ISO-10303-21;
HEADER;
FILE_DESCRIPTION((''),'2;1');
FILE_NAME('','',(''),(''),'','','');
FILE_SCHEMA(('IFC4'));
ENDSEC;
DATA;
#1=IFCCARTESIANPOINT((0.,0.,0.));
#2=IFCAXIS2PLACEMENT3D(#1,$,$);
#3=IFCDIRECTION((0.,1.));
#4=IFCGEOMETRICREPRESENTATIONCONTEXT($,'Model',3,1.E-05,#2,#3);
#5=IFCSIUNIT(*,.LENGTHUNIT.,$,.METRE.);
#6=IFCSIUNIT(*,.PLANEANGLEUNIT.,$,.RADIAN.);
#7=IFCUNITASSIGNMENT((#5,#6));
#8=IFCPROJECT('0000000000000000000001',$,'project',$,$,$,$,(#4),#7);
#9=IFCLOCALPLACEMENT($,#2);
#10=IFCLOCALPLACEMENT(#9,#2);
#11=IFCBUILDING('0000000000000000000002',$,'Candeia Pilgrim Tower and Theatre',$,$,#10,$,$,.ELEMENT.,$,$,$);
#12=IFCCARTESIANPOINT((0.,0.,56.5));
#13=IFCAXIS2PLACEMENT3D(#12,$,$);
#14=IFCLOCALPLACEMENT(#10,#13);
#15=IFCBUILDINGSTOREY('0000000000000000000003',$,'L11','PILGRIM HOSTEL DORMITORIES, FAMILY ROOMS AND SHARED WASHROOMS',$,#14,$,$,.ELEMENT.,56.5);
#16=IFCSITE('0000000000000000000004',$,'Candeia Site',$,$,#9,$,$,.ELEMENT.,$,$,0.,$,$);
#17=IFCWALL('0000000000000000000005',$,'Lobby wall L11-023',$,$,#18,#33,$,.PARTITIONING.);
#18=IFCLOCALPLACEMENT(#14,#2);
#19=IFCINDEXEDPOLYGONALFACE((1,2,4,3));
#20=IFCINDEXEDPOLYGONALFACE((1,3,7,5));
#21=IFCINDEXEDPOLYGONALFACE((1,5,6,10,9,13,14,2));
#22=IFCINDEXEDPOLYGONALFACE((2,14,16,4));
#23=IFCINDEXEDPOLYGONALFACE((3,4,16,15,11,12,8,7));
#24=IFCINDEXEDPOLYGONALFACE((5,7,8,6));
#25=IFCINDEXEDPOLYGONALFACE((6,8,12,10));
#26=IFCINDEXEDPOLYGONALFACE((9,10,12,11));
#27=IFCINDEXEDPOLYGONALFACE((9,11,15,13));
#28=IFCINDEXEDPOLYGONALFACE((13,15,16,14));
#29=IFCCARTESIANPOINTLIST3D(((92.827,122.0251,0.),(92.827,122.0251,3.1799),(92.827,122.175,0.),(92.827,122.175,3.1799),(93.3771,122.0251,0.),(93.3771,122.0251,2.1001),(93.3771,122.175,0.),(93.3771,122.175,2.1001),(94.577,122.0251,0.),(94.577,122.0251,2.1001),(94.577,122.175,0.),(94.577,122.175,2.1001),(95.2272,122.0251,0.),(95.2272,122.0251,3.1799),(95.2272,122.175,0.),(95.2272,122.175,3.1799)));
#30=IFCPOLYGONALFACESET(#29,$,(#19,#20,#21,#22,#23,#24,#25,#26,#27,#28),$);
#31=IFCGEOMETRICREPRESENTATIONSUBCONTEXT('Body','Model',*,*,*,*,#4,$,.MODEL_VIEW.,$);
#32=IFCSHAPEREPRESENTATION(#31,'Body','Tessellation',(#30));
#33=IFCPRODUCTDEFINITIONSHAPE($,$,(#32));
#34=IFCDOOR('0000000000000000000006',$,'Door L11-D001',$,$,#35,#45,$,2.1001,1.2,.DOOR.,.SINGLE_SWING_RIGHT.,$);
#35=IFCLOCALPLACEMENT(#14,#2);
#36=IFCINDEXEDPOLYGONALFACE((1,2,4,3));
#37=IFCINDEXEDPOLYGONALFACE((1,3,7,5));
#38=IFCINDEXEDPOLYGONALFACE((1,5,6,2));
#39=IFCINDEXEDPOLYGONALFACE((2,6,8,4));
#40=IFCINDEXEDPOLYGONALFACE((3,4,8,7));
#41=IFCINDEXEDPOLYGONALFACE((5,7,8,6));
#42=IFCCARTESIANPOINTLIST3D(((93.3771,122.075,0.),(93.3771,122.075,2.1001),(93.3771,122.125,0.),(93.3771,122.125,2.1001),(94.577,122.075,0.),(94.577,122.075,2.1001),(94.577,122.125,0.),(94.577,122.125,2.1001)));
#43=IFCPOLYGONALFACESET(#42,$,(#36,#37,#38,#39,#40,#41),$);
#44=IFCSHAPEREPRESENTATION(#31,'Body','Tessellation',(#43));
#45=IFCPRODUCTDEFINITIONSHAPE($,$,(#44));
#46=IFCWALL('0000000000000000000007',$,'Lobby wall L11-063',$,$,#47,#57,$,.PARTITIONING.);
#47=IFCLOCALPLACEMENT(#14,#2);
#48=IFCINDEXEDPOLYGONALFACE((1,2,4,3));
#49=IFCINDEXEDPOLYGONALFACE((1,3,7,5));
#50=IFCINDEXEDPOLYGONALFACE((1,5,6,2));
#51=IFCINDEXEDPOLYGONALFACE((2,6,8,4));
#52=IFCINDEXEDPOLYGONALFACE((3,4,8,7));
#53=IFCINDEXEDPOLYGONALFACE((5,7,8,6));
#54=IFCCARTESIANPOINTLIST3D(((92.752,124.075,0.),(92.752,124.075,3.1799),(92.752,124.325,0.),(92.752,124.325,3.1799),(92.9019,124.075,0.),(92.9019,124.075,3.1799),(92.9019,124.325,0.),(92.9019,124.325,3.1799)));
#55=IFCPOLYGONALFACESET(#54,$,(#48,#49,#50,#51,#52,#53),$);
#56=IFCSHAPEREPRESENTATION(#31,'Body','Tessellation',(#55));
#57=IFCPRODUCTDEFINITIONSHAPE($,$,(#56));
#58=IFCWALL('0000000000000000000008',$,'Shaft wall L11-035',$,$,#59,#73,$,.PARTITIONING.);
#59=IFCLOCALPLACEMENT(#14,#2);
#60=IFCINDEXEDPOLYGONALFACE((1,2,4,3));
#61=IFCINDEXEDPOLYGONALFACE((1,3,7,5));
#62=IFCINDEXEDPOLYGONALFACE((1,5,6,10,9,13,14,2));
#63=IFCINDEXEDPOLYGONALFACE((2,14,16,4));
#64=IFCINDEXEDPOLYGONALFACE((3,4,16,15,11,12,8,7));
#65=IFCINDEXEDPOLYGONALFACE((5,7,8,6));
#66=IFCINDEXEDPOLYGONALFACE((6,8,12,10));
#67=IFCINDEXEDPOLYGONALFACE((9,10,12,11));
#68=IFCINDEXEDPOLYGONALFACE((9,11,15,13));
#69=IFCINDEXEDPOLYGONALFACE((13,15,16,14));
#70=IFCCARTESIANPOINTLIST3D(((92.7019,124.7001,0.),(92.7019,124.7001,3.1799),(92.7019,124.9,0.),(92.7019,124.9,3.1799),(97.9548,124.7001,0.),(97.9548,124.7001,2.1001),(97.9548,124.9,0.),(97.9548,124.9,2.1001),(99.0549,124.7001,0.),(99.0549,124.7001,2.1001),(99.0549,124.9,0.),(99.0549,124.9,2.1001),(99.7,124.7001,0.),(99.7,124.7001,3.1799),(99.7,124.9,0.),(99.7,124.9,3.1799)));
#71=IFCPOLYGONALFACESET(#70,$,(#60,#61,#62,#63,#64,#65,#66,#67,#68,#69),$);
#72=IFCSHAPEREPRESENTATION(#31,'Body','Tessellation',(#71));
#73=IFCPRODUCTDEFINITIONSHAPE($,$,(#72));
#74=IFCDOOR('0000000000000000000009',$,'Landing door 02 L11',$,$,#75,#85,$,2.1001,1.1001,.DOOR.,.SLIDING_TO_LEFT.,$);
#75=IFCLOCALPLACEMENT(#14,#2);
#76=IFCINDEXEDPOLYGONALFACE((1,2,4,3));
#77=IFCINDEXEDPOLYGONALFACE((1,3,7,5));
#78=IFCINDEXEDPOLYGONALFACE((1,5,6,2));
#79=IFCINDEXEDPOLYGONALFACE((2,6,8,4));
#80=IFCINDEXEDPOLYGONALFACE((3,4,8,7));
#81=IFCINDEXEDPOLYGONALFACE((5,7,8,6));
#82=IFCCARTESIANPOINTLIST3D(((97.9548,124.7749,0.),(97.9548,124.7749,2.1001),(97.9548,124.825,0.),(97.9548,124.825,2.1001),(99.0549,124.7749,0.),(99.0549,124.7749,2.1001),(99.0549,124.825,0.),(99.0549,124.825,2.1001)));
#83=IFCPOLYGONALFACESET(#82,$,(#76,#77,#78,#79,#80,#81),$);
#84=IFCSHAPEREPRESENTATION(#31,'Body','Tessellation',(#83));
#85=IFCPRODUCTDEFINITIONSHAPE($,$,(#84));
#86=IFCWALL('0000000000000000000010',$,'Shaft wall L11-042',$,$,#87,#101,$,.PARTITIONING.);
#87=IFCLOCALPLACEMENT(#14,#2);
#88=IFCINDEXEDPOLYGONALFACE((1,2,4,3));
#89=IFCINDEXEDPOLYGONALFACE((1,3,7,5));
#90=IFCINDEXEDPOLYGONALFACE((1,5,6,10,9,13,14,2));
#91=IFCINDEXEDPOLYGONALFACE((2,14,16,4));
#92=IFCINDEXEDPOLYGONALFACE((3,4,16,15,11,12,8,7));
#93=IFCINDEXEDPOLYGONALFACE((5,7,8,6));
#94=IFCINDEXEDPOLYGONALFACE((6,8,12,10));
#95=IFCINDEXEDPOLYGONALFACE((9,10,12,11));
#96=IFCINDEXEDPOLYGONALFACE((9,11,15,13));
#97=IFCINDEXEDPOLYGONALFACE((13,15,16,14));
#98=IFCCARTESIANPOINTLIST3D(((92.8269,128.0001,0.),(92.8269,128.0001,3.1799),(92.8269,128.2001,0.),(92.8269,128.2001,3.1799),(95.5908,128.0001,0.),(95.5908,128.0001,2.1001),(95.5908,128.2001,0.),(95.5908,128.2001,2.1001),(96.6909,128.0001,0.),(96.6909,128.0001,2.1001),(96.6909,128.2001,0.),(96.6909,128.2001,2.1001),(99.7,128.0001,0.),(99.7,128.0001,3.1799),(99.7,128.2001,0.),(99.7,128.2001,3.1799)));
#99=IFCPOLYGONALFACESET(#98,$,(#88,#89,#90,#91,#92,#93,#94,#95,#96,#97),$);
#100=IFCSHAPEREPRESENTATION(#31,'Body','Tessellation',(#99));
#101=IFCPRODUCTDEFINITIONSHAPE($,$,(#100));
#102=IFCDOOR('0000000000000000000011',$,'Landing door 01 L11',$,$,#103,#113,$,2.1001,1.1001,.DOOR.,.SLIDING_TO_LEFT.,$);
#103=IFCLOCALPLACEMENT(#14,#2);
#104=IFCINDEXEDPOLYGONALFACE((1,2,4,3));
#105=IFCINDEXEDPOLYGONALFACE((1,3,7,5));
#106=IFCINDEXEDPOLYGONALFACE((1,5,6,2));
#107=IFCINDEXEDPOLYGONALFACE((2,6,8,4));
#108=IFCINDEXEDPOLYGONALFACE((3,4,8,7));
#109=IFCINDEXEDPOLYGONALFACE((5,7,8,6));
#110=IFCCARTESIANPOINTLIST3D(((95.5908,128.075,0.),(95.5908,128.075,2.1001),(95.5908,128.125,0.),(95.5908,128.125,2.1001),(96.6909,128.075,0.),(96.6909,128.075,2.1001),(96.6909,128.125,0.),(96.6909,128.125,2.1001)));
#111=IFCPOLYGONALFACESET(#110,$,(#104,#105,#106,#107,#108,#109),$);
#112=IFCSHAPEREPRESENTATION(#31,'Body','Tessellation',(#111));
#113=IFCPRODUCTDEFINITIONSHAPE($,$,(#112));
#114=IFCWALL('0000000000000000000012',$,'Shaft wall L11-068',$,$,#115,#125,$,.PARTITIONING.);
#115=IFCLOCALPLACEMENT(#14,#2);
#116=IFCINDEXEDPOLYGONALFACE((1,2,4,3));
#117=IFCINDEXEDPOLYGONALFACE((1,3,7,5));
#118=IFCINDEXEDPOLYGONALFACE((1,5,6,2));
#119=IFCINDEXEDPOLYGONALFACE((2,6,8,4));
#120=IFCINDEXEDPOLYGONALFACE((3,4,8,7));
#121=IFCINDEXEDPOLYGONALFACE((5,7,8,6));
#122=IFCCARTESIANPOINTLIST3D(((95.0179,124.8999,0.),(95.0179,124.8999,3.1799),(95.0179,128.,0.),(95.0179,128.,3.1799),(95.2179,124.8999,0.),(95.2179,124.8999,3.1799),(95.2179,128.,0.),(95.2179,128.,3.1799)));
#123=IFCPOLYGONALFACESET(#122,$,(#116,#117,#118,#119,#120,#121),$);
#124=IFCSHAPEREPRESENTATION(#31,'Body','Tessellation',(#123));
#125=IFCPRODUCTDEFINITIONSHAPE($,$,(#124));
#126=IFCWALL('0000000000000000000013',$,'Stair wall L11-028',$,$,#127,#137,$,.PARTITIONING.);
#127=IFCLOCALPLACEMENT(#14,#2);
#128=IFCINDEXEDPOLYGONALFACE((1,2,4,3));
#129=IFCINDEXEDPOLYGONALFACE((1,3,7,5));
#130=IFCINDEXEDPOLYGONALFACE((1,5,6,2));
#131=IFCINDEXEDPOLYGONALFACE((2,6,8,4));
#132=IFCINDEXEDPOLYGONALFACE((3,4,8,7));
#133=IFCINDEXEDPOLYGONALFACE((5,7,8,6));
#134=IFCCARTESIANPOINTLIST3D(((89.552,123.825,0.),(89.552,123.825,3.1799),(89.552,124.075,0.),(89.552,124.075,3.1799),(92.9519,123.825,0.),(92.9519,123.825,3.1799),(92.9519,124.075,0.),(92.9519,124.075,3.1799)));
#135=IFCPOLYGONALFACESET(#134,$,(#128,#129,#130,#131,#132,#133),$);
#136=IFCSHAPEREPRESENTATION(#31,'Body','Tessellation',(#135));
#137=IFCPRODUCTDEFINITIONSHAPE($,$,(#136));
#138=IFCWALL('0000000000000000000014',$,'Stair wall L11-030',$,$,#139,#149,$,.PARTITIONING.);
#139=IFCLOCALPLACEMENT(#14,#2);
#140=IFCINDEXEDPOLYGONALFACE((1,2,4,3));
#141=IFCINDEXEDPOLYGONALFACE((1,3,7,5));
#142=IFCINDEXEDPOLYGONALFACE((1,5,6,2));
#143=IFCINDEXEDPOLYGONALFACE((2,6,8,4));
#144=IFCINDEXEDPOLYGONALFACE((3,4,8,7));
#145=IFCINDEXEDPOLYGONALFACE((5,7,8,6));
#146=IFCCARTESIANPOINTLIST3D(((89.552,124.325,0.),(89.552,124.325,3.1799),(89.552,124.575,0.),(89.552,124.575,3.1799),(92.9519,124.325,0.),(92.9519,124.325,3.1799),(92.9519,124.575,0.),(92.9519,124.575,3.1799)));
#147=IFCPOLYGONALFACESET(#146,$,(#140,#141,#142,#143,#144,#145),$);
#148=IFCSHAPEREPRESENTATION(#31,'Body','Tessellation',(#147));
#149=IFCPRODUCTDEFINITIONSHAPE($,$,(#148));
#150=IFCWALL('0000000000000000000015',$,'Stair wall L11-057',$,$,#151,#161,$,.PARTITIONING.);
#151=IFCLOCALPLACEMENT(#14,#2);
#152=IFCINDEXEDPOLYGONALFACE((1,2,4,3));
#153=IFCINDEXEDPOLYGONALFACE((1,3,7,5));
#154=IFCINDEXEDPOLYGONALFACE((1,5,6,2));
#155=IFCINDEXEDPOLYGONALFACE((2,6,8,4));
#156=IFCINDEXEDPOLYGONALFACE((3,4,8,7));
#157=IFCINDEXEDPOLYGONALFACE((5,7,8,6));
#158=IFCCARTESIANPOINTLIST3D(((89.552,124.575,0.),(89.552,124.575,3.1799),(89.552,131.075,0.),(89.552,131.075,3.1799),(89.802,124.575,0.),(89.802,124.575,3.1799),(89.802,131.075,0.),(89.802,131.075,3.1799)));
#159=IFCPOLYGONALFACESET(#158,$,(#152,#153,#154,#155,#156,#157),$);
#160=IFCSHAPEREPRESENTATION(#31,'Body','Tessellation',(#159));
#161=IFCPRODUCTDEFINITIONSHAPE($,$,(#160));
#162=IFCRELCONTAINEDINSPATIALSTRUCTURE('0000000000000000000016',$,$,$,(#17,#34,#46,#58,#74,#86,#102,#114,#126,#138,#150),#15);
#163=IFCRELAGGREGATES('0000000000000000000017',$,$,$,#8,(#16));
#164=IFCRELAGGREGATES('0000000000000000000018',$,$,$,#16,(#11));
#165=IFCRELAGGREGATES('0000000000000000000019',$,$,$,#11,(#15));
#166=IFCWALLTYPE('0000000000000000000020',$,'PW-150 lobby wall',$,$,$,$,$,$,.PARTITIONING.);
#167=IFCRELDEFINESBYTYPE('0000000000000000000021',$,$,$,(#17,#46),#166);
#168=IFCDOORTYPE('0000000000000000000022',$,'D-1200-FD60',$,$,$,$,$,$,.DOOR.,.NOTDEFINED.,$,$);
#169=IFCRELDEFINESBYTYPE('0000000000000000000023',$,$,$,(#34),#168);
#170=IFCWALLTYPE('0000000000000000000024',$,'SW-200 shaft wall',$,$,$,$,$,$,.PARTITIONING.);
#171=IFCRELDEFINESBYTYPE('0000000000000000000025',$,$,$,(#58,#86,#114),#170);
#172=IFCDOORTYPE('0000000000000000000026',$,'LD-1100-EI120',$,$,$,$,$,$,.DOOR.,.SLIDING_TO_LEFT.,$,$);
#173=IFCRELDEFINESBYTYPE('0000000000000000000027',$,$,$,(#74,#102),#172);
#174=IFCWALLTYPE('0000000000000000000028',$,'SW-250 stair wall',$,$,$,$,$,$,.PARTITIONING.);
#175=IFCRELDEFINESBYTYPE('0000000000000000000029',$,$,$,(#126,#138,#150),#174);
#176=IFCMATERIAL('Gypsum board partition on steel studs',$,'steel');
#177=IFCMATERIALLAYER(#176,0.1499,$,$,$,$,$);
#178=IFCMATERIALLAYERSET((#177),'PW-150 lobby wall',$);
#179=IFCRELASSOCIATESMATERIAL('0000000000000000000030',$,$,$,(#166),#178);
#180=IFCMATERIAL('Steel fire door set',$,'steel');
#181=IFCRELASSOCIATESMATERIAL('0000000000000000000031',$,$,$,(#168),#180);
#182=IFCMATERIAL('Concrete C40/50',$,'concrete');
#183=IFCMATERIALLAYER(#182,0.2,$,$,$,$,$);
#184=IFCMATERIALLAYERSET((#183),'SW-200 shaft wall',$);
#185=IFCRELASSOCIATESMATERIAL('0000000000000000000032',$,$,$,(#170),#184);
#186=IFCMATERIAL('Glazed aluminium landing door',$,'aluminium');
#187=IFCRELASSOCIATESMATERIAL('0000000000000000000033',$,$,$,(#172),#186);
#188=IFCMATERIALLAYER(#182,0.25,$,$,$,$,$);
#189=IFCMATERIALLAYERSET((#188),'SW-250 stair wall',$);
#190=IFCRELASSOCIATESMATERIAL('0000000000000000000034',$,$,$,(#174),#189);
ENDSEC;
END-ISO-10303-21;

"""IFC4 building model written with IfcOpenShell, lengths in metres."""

from ifc_helpers import new_model, si_unit, direction, frame, frame_2d, origin, place, context, subcontext, project, spatial, rectangle, extrude, material, layer, layer_set, type_object, element, fill, save


model = new_model("IFC4")

# Units and contexts
model_context = context("Model", 3, precision=1e-05, world=origin(), true_north=direction((0.0, 1.0)))
body_context = subcontext(model_context, "Body", "Model", "MODEL_VIEW")
ifc_project = project(units=[si_unit("LENGTHUNIT", "METRE"), si_unit("PLANEANGLEUNIT", "RADIAN")], contexts=[model_context])

# Site, building, storey
site_placement = place(None, origin())
site = spatial("IfcSite", under=ifc_project, at=site_placement, Name="Candeia Site", CompositionType="ELEMENT", RefElevation=0.0)
building_placement = place(site_placement, origin())
building = spatial("IfcBuilding", under=site, at=building_placement, Name="Candeia Pilgrim Tower and Theatre", CompositionType="ELEMENT")
storey_placement = place(building_placement, frame((0.0, 0.0, 56.5)))
storey = spatial("IfcBuildingStorey", under=building, at=storey_placement, Name="L11", Description="PILGRIM HOSTEL DORMITORIES, FAMILY ROOMS AND SHARED WASHROOMS", CompositionType="ELEMENT", Elevation=56.5)

# Wall, opening, door
ifc_material_1 = material(Name="Gypsum board partition on steel studs", Category="steel")
ifc_layer_1 = layer(ifc_material_1, 0.1499)
ifc_layer_set_1 = layer_set([ifc_layer_1], Name="PW-150 lobby wall")
wall_type_1 = type_object("IfcWallType", Name="PW-150 lobby wall", PredefinedType="PARTITIONING", material=ifc_layer_set_1)
wall_1_placement = place(storey_placement, frame((92.8269, 122.1001, 0.0), z_axis=(0.0, 0.0, 1.0), x_axis=(1.0, 0.0, 0.0)))
wall_1 = element("IfcWall", 1, at=wall_1_placement, inside=storey, type_object=wall_type_1, Name="Lobby wall L11-023", PredefinedType="PARTITIONING", context=body_context, shape_type="SweptSolid", body=[
    extrude(rectangle(XDim=2.4001, YDim=0.1499, at=frame_2d((1.2002, 0.0))), origin(), (0.0, 0.0, 1.0), 3.1799),
])
opening_1_placement = place(wall_1_placement, frame((0.55, 0.0, 0.0)))
opening_1 = element("IfcOpeningElement", 2, at=opening_1_placement, cuts=wall_1, PredefinedType="OPENING", context=body_context, shape_type="SweptSolid", body=[
    extrude(rectangle(XDim=1.2, YDim=2.1001, at=frame_2d((0.6001, 1.05))), frame((0.0, 0.085, 0.0), z_axis=(0.0, -1.0, 0.0), x_axis=(1.0, 0.0, 0.0)), (0.0, 0.0, 1.0), 0.1699),
])
ifc_material_2 = material(Name="Steel fire door set", Category="steel")
door_type_1 = type_object("IfcDoorType", Name="D-1200-FD60", OperationType="NOTDEFINED", PredefinedType="DOOR", material=ifc_material_2)
door_1_placement = place(opening_1_placement, origin())
door_1 = element("IfcDoor", 3, at=door_1_placement, inside=storey, type_object=door_type_1, Name="Door L11-D001", OperationType="SINGLE_SWING_RIGHT", OverallHeight=2.1001, OverallWidth=1.2, PredefinedType="DOOR", context=body_context, shape_type="SweptSolid", body=[
    extrude(rectangle(XDim=1.2, YDim=2.1001, at=frame_2d((0.6001, 1.05))), frame((0.0, 0.0249, 0.0), z_axis=(0.0, -1.0, 0.0), x_axis=(1.0, 0.0, 0.0)), (0.0, 0.0, 1.0), 0.05),
])
fill(opening_1, door_1)

# Wall
wall_2_placement = place(storey_placement, frame((92.8269, 124.075, 0.0), z_axis=(0.0, 0.0, 1.0), x_axis=(0.0, 1.0, 0.0)))
element("IfcWall", 4, at=wall_2_placement, inside=storey, type_object=wall_type_1, Name="Lobby wall L11-063", PredefinedType="PARTITIONING", context=body_context, shape_type="SweptSolid", body=[
    extrude(rectangle(XDim=0.25, YDim=0.1499, at=frame_2d((0.125, 0.0))), origin(), (0.0, 0.0, 1.0), 3.1799),
])

# Walls, openings, doors
ifc_material_3 = material(Name="Concrete C40/50", Category="concrete")
ifc_layer_2 = layer(ifc_material_3, 0.2)
ifc_layer_set_2 = layer_set([ifc_layer_2], Name="SW-200 shaft wall")
wall_type_2 = type_object("IfcWallType", Name="SW-200 shaft wall", PredefinedType="PARTITIONING", material=ifc_layer_set_2)
wall_3_placement = place(storey_placement, frame((92.7019, 124.8, 0.0), z_axis=(0.0, 0.0, 1.0), x_axis=(1.0, 0.0, 0.0)))
wall_3 = element("IfcWall", 5, at=wall_3_placement, inside=storey, type_object=wall_type_2, Name="Shaft wall L11-035", PredefinedType="PARTITIONING", context=body_context, shape_type="SweptSolid", body=[
    extrude(rectangle(XDim=6.998, YDim=0.2, at=frame_2d((3.499, 0.0))), origin(), (0.0, 0.0, 1.0), 3.1799),
])
opening_2_placement = place(wall_3_placement, frame((5.2529, 0.0, 0.0)))
opening_2 = element("IfcOpeningElement", 6, at=opening_2_placement, cuts=wall_3, PredefinedType="OPENING", context=body_context, shape_type="SweptSolid", body=[
    extrude(rectangle(XDim=1.1001, YDim=2.1001, at=frame_2d((0.55, 1.05))), frame((0.0, 0.1099, 0.0), z_axis=(0.0, -1.0, 0.0), x_axis=(1.0, 0.0, 0.0)), (0.0, 0.0, 1.0), 0.22),
])
ifc_material_4 = material(Name="Glazed aluminium landing door", Category="aluminium")
door_type_2 = type_object("IfcDoorType", Name="LD-1100-EI120", OperationType="SLIDING_TO_LEFT", PredefinedType="DOOR", material=ifc_material_4)
door_2_placement = place(opening_2_placement, origin())
door_2 = element("IfcDoor", 7, at=door_2_placement, inside=storey, type_object=door_type_2, Name="Landing door 02 L11", OperationType="SLIDING_TO_LEFT", OverallHeight=2.1001, OverallWidth=1.1001, PredefinedType="DOOR", context=body_context, shape_type="SweptSolid", body=[
    extrude(rectangle(XDim=1.1001, YDim=2.1001, at=frame_2d((0.55, 1.05))), frame((0.0, 0.0249, 0.0), z_axis=(0.0, -1.0, 0.0), x_axis=(1.0, 0.0, 0.0)), (0.0, 0.0, 1.0), 0.05),
])
fill(opening_2, door_2)
wall_4_placement = place(storey_placement, frame((92.8269, 128.1001, 0.0), z_axis=(0.0, 0.0, 1.0), x_axis=(1.0, 0.0, 0.0)))
wall_4 = element("IfcWall", 8, at=wall_4_placement, inside=storey, type_object=wall_type_2, Name="Shaft wall L11-042", PredefinedType="PARTITIONING", context=body_context, shape_type="SweptSolid", body=[
    extrude(rectangle(XDim=6.873, YDim=0.2, at=frame_2d((3.4365, 0.0))), origin(), (0.0, 0.0, 1.0), 3.1799),
])
opening_3_placement = place(wall_4_placement, frame((2.7639, 0.0, 0.0)))
opening_3 = element("IfcOpeningElement", 9, at=opening_3_placement, cuts=wall_4, PredefinedType="OPENING", context=body_context, shape_type="SweptSolid", body=[
    extrude(rectangle(XDim=1.1001, YDim=2.1001, at=frame_2d((0.55, 1.05))), frame((0.0, 0.1099, 0.0), z_axis=(0.0, -1.0, 0.0), x_axis=(1.0, 0.0, 0.0)), (0.0, 0.0, 1.0), 0.22),
])
door_3_placement = place(opening_3_placement, origin())
door_3 = element("IfcDoor", 10, at=door_3_placement, inside=storey, type_object=door_type_2, Name="Landing door 01 L11", OperationType="SLIDING_TO_LEFT", OverallHeight=2.1001, OverallWidth=1.1001, PredefinedType="DOOR", context=body_context, shape_type="SweptSolid", body=[
    extrude(rectangle(XDim=1.1001, YDim=2.1001, at=frame_2d((0.55, 1.05))), frame((0.0, 0.0249, 0.0), z_axis=(0.0, -1.0, 0.0), x_axis=(1.0, 0.0, 0.0)), (0.0, 0.0, 1.0), 0.05),
])
fill(opening_3, door_3)

# Walls
wall_5_placement = place(storey_placement, frame((95.1179, 124.8999, 0.0), z_axis=(0.0, 0.0, 1.0), x_axis=(0.0, 1.0, 0.0)))
element("IfcWall", 11, at=wall_5_placement, inside=storey, type_object=wall_type_2, Name="Shaft wall L11-068", PredefinedType="PARTITIONING", context=body_context, shape_type="SweptSolid", body=[
    extrude(rectangle(XDim=3.1001, YDim=0.2, at=frame_2d((1.55, 0.0))), origin(), (0.0, 0.0, 1.0), 3.1799),
])
ifc_layer_3 = layer(ifc_material_3, 0.25)
ifc_layer_set_3 = layer_set([ifc_layer_3], Name="SW-250 stair wall")
wall_type_3 = type_object("IfcWallType", Name="SW-250 stair wall", PredefinedType="PARTITIONING", material=ifc_layer_set_3)
for number, where, z_axis, x_axis, name in (
    (12, (89.552, 123.95, 0.0), (0.0, 0.0, 1.0), (1.0, 0.0, 0.0), "Stair wall L11-028"),
    (13, (89.552, 124.45, 0.0), (0.0, 0.0, 1.0), (1.0, 0.0, 0.0), "Stair wall L11-030"),
):
    element("IfcWall", number, at=place(storey_placement, frame(where, z_axis=z_axis, x_axis=x_axis)), inside=storey, type_object=wall_type_3, Name=name, PredefinedType="PARTITIONING", context=body_context, shape_type="SweptSolid", body=[
        extrude(rectangle(XDim=3.3999, YDim=0.25, at=frame_2d((1.7, 0.0))), origin(), (0.0, 0.0, 1.0), 3.1799),
    ])
wall_6_placement = place(storey_placement, frame((89.677, 124.575, 0.0), z_axis=(0.0, 0.0, 1.0), x_axis=(0.0, 1.0, 0.0)))
element("IfcWall", 14, at=wall_6_placement, inside=storey, type_object=wall_type_3, Name="Stair wall L11-057", PredefinedType="PARTITIONING", context=body_context, shape_type="SweptSolid", body=[
    extrude(rectangle(XDim=6.5, YDim=0.25, at=frame_2d((3.25, 0.0))), origin(), (0.0, 0.0, 1.0), 3.1799),
])

save(model, "model.ifc")
